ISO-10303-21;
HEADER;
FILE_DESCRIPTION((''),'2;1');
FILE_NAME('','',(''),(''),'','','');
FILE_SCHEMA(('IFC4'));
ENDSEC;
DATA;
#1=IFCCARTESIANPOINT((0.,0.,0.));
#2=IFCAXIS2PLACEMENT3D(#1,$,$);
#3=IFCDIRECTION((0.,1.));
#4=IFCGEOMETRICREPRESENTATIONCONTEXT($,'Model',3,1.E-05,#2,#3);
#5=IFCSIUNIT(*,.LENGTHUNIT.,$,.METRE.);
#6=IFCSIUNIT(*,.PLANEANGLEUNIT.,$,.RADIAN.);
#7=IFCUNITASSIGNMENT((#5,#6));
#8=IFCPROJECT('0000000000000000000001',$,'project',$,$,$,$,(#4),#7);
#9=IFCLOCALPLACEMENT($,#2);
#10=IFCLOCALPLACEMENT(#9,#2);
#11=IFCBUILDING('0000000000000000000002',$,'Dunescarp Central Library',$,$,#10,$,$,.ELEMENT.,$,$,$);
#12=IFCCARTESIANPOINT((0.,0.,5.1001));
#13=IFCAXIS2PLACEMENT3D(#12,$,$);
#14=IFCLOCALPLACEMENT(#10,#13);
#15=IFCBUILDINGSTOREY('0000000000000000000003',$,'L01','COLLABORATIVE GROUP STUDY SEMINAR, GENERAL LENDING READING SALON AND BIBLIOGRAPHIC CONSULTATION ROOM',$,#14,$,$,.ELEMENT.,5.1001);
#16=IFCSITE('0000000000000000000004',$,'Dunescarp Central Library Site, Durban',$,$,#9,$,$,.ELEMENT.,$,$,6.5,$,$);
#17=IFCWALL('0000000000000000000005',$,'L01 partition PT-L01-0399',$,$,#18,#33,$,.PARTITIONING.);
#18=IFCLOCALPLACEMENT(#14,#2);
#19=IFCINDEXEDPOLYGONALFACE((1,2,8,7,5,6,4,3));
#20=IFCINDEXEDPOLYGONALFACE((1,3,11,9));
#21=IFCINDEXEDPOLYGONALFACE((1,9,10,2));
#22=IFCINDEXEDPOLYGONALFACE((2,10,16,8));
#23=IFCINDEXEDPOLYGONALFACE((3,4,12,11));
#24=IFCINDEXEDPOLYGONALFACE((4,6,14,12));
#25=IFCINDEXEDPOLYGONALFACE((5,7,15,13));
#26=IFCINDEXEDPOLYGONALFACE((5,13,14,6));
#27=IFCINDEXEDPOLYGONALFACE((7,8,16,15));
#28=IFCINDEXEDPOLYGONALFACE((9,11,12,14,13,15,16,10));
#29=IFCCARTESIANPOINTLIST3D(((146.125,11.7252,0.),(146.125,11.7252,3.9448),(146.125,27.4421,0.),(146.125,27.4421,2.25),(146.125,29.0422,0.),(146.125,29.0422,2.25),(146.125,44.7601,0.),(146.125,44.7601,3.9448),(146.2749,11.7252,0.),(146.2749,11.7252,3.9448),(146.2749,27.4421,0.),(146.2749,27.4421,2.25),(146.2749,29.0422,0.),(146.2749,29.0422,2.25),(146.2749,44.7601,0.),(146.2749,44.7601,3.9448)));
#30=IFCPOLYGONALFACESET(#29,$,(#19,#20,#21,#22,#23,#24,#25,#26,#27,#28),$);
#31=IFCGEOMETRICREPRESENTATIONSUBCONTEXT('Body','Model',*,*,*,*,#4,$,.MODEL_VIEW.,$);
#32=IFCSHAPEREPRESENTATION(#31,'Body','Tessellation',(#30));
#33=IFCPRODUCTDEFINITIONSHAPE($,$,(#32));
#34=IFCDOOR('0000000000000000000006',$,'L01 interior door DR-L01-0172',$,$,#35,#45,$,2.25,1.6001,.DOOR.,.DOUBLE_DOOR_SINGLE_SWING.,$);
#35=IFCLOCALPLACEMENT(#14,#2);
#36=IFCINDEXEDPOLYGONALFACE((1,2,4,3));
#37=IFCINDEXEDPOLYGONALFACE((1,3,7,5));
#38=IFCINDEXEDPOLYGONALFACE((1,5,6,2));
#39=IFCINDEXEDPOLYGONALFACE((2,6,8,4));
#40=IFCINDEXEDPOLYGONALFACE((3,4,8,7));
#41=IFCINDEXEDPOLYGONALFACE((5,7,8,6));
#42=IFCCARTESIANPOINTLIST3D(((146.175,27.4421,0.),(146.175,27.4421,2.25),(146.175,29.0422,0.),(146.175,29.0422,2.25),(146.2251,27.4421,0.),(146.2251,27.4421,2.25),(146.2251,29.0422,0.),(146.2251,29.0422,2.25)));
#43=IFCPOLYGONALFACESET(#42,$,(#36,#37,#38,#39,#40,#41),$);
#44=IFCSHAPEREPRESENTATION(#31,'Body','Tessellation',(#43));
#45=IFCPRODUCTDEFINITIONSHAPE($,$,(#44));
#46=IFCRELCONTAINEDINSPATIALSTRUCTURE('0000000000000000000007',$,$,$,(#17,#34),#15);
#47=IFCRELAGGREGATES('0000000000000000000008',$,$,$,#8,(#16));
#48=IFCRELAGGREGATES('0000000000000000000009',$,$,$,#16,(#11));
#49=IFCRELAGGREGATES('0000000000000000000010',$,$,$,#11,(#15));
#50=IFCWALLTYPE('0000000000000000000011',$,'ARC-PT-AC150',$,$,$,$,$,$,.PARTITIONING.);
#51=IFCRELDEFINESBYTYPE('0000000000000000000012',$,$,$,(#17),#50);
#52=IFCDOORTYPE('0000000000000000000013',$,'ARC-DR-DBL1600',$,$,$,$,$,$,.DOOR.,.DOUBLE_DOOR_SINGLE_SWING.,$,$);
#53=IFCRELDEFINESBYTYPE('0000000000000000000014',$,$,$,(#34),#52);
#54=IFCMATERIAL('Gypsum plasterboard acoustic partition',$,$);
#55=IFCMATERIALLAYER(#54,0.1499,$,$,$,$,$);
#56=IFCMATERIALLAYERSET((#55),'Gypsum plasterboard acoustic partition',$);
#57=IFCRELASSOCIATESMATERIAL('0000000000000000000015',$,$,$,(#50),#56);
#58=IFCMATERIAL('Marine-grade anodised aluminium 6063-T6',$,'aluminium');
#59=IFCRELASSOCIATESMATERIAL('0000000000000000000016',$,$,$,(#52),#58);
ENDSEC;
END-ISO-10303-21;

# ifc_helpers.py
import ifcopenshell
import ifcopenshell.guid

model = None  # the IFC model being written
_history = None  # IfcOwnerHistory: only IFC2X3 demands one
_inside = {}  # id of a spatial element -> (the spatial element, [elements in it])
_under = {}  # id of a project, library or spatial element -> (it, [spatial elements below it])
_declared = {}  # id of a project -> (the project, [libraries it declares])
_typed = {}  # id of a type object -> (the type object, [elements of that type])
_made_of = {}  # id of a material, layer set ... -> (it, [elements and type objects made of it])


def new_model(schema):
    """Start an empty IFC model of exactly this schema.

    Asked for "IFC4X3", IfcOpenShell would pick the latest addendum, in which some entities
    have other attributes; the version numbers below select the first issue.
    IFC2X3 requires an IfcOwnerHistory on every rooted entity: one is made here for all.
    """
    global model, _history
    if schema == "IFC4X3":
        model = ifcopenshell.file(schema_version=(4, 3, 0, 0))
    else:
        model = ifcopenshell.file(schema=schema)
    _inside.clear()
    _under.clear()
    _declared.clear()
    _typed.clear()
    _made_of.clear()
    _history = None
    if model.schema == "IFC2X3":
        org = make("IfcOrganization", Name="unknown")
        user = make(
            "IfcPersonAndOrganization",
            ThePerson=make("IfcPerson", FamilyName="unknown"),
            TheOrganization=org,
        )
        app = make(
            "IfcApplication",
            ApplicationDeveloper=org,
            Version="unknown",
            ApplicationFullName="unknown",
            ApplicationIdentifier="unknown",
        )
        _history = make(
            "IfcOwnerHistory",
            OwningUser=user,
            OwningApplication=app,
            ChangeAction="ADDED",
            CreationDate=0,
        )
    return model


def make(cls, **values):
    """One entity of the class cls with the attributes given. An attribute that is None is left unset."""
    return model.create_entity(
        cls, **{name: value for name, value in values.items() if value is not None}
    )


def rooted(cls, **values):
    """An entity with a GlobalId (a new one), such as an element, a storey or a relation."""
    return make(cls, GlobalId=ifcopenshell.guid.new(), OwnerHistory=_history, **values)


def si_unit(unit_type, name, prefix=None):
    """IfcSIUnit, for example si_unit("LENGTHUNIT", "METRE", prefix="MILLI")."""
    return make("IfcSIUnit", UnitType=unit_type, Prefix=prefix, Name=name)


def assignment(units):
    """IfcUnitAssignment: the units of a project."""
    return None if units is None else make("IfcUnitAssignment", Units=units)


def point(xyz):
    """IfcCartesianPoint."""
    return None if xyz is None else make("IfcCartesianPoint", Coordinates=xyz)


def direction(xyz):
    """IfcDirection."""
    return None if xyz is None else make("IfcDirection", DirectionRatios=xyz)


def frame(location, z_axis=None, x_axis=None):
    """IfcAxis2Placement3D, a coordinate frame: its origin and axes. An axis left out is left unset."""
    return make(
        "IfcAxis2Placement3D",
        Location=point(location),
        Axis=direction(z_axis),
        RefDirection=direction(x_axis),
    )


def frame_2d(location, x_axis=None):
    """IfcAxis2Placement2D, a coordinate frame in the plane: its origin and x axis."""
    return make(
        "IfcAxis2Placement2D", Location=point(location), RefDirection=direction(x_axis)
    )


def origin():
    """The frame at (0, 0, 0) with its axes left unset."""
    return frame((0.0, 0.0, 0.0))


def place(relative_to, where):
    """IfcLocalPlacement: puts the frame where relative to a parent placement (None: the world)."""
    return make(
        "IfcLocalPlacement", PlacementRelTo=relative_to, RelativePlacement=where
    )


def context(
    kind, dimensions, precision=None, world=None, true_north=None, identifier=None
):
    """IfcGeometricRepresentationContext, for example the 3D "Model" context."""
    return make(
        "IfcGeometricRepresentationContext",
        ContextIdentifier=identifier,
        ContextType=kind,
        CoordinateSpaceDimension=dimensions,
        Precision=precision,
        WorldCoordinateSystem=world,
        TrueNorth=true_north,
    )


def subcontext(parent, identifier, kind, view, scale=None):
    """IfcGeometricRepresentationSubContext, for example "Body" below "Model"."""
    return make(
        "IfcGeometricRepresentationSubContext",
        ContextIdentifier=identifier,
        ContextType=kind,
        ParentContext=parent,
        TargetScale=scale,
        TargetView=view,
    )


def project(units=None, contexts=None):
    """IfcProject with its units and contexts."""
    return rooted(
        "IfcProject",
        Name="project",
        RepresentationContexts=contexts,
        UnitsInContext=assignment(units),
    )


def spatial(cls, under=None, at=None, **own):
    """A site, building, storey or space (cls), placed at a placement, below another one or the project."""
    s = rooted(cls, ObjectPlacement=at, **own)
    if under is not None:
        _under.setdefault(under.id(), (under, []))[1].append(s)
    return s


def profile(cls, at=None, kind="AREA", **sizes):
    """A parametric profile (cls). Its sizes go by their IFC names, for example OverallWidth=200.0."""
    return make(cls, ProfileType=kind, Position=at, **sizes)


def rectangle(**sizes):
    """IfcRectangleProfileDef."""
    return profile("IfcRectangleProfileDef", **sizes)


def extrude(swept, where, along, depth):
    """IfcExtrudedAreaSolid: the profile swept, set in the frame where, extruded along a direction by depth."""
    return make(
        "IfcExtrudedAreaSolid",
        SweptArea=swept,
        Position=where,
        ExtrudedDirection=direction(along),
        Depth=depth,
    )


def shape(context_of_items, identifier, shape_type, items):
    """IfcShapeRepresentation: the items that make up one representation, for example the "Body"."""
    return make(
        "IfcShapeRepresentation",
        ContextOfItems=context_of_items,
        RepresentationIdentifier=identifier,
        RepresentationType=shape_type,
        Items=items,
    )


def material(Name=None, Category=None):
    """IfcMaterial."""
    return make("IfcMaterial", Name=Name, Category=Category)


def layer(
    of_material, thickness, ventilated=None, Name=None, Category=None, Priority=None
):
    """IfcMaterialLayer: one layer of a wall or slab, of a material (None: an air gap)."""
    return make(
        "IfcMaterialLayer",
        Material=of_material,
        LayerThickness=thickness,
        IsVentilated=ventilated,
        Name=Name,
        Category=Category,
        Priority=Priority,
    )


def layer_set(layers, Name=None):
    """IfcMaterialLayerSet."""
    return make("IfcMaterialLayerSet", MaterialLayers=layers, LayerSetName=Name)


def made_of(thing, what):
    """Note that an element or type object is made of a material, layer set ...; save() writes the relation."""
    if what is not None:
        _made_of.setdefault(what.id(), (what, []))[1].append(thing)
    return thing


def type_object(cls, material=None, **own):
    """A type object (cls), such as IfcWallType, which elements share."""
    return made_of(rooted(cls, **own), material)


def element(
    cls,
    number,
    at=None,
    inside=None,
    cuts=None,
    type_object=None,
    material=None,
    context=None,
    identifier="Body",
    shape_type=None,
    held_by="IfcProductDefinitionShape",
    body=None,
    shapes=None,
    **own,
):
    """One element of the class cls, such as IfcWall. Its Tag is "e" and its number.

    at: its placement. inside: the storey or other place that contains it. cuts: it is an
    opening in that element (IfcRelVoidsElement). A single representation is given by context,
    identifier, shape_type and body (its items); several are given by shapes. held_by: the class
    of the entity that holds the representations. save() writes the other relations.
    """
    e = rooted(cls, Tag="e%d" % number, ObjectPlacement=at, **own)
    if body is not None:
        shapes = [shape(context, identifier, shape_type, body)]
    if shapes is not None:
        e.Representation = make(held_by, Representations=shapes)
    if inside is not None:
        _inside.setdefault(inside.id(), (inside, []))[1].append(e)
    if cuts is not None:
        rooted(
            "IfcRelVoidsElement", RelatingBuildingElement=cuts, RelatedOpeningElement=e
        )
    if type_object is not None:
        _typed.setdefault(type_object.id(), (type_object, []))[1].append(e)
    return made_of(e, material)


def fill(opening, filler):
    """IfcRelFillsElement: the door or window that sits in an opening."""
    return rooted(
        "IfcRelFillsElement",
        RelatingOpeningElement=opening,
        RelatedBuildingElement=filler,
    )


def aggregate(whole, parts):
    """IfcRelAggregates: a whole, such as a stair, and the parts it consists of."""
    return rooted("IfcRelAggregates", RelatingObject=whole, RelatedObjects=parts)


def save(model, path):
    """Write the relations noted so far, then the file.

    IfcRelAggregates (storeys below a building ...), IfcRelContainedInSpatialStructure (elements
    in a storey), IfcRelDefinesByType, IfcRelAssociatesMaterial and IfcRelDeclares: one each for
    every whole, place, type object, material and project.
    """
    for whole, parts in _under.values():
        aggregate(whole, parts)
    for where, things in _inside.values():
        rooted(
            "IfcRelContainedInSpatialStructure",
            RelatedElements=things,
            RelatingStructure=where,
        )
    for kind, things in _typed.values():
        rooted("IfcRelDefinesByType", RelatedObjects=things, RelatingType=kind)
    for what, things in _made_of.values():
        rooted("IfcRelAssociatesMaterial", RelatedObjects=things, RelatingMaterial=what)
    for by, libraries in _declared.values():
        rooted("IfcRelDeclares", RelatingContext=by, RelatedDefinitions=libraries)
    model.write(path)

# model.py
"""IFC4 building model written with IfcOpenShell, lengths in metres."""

from ifc_helpers import new_model, si_unit, direction, frame, frame_2d, origin, place, context, subcontext, project, spatial, rectangle, extrude, material, layer, layer_set, type_object, element, fill, save


model = new_model("IFC4")

# Units and contexts
model_context = context("Model", 3, precision=1e-05, world=origin(), true_north=direction((0.0, 1.0)))
body_context = subcontext(model_context, "Body", "Model", "MODEL_VIEW")
ifc_project = project(units=[si_unit("LENGTHUNIT", "METRE"), si_unit("PLANEANGLEUNIT", "RADIAN")], contexts=[model_context])

# Site, building, storey
site_placement = place(None, origin())
site = spatial("IfcSite", under=ifc_project, at=site_placement, Name="Dunescarp Central Library Site, Durban", CompositionType="ELEMENT", RefElevation=6.5)
building_placement = place(site_placement, origin())
building = spatial("IfcBuilding", under=site, at=building_placement, Name="Dunescarp Central Library", CompositionType="ELEMENT")
storey_placement = place(building_placement, frame((0.0, 0.0, 5.1001)))
storey = spatial("IfcBuildingStorey", under=building, at=storey_placement, Name="L01", Description="COLLABORATIVE GROUP STUDY SEMINAR, GENERAL LENDING READING SALON AND BIBLIOGRAPHIC CONSULTATION ROOM", CompositionType="ELEMENT", Elevation=5.1001)

# Shared definitions
ifc_material_1 = material(Name="Marine-grade anodised aluminium 6063-T6", Category="aluminium")

# Wall, opening, door
ifc_material_2 = material(Name="Gypsum plasterboard acoustic partition")
ifc_layer_1 = layer(ifc_material_2, 0.1499)
ifc_layer_set_1 = layer_set([ifc_layer_1], Name="Gypsum plasterboard acoustic partition")
wall_type = type_object("IfcWallType", Name="ARC-PT-AC150", PredefinedType="PARTITIONING", material=ifc_layer_set_1)
wall_placement = place(storey_placement, frame((146.2, 11.7251, 0.0), z_axis=(0.0, 0.0, 1.0), x_axis=(0.0, 1.0, 0.0)))
wall = element("IfcWall", 1, at=wall_placement, inside=storey, type_object=wall_type, Name="L01 partition PT-L01-0399", PredefinedType="PARTITIONING", context=body_context, shape_type="SweptSolid", body=[
    extrude(rectangle(XDim=33.0349, YDim=0.1499, at=frame_2d((16.5176, 0.0))), origin(), (0.0, 0.0, 1.0), 3.9448),
])
opening_placement = place(wall_placement, frame((15.717, 0.0, 0.0)))
opening = element("IfcOpeningElement", 2, at=opening_placement, cuts=wall, PredefinedType="OPENING", context=body_context, shape_type="SweptSolid", body=[
    extrude(rectangle(XDim=1.6001, YDim=2.25, at=frame_2d((0.8, 1.125))), frame((0.0, 0.085, 0.0), z_axis=(0.0, -1.0, 0.0), x_axis=(1.0, 0.0, 0.0)), (0.0, 0.0, 1.0), 0.1699),
])
door_type = type_object("IfcDoorType", Name="ARC-DR-DBL1600", OperationType="DOUBLE_DOOR_SINGLE_SWING", PredefinedType="DOOR", material=ifc_material_1)
door_placement = place(opening_placement, origin())
door = element("IfcDoor", 3, at=door_placement, inside=storey, type_object=door_type, Name="L01 interior door DR-L01-0172", OperationType="DOUBLE_DOOR_SINGLE_SWING", OverallHeight=2.25, OverallWidth=1.6001, PredefinedType="DOOR", context=body_context, shape_type="SweptSolid", body=[
    extrude(rectangle(XDim=1.6001, YDim=2.25, at=frame_2d((0.8, 1.125))), frame((0.0, 0.0249, 0.0), z_axis=(0.0, -1.0, 0.0), x_axis=(1.0, 0.0, 0.0)), (0.0, 0.0, 1.0), 0.05),
])
fill(opening, door)

save(model, "model.ifc")
